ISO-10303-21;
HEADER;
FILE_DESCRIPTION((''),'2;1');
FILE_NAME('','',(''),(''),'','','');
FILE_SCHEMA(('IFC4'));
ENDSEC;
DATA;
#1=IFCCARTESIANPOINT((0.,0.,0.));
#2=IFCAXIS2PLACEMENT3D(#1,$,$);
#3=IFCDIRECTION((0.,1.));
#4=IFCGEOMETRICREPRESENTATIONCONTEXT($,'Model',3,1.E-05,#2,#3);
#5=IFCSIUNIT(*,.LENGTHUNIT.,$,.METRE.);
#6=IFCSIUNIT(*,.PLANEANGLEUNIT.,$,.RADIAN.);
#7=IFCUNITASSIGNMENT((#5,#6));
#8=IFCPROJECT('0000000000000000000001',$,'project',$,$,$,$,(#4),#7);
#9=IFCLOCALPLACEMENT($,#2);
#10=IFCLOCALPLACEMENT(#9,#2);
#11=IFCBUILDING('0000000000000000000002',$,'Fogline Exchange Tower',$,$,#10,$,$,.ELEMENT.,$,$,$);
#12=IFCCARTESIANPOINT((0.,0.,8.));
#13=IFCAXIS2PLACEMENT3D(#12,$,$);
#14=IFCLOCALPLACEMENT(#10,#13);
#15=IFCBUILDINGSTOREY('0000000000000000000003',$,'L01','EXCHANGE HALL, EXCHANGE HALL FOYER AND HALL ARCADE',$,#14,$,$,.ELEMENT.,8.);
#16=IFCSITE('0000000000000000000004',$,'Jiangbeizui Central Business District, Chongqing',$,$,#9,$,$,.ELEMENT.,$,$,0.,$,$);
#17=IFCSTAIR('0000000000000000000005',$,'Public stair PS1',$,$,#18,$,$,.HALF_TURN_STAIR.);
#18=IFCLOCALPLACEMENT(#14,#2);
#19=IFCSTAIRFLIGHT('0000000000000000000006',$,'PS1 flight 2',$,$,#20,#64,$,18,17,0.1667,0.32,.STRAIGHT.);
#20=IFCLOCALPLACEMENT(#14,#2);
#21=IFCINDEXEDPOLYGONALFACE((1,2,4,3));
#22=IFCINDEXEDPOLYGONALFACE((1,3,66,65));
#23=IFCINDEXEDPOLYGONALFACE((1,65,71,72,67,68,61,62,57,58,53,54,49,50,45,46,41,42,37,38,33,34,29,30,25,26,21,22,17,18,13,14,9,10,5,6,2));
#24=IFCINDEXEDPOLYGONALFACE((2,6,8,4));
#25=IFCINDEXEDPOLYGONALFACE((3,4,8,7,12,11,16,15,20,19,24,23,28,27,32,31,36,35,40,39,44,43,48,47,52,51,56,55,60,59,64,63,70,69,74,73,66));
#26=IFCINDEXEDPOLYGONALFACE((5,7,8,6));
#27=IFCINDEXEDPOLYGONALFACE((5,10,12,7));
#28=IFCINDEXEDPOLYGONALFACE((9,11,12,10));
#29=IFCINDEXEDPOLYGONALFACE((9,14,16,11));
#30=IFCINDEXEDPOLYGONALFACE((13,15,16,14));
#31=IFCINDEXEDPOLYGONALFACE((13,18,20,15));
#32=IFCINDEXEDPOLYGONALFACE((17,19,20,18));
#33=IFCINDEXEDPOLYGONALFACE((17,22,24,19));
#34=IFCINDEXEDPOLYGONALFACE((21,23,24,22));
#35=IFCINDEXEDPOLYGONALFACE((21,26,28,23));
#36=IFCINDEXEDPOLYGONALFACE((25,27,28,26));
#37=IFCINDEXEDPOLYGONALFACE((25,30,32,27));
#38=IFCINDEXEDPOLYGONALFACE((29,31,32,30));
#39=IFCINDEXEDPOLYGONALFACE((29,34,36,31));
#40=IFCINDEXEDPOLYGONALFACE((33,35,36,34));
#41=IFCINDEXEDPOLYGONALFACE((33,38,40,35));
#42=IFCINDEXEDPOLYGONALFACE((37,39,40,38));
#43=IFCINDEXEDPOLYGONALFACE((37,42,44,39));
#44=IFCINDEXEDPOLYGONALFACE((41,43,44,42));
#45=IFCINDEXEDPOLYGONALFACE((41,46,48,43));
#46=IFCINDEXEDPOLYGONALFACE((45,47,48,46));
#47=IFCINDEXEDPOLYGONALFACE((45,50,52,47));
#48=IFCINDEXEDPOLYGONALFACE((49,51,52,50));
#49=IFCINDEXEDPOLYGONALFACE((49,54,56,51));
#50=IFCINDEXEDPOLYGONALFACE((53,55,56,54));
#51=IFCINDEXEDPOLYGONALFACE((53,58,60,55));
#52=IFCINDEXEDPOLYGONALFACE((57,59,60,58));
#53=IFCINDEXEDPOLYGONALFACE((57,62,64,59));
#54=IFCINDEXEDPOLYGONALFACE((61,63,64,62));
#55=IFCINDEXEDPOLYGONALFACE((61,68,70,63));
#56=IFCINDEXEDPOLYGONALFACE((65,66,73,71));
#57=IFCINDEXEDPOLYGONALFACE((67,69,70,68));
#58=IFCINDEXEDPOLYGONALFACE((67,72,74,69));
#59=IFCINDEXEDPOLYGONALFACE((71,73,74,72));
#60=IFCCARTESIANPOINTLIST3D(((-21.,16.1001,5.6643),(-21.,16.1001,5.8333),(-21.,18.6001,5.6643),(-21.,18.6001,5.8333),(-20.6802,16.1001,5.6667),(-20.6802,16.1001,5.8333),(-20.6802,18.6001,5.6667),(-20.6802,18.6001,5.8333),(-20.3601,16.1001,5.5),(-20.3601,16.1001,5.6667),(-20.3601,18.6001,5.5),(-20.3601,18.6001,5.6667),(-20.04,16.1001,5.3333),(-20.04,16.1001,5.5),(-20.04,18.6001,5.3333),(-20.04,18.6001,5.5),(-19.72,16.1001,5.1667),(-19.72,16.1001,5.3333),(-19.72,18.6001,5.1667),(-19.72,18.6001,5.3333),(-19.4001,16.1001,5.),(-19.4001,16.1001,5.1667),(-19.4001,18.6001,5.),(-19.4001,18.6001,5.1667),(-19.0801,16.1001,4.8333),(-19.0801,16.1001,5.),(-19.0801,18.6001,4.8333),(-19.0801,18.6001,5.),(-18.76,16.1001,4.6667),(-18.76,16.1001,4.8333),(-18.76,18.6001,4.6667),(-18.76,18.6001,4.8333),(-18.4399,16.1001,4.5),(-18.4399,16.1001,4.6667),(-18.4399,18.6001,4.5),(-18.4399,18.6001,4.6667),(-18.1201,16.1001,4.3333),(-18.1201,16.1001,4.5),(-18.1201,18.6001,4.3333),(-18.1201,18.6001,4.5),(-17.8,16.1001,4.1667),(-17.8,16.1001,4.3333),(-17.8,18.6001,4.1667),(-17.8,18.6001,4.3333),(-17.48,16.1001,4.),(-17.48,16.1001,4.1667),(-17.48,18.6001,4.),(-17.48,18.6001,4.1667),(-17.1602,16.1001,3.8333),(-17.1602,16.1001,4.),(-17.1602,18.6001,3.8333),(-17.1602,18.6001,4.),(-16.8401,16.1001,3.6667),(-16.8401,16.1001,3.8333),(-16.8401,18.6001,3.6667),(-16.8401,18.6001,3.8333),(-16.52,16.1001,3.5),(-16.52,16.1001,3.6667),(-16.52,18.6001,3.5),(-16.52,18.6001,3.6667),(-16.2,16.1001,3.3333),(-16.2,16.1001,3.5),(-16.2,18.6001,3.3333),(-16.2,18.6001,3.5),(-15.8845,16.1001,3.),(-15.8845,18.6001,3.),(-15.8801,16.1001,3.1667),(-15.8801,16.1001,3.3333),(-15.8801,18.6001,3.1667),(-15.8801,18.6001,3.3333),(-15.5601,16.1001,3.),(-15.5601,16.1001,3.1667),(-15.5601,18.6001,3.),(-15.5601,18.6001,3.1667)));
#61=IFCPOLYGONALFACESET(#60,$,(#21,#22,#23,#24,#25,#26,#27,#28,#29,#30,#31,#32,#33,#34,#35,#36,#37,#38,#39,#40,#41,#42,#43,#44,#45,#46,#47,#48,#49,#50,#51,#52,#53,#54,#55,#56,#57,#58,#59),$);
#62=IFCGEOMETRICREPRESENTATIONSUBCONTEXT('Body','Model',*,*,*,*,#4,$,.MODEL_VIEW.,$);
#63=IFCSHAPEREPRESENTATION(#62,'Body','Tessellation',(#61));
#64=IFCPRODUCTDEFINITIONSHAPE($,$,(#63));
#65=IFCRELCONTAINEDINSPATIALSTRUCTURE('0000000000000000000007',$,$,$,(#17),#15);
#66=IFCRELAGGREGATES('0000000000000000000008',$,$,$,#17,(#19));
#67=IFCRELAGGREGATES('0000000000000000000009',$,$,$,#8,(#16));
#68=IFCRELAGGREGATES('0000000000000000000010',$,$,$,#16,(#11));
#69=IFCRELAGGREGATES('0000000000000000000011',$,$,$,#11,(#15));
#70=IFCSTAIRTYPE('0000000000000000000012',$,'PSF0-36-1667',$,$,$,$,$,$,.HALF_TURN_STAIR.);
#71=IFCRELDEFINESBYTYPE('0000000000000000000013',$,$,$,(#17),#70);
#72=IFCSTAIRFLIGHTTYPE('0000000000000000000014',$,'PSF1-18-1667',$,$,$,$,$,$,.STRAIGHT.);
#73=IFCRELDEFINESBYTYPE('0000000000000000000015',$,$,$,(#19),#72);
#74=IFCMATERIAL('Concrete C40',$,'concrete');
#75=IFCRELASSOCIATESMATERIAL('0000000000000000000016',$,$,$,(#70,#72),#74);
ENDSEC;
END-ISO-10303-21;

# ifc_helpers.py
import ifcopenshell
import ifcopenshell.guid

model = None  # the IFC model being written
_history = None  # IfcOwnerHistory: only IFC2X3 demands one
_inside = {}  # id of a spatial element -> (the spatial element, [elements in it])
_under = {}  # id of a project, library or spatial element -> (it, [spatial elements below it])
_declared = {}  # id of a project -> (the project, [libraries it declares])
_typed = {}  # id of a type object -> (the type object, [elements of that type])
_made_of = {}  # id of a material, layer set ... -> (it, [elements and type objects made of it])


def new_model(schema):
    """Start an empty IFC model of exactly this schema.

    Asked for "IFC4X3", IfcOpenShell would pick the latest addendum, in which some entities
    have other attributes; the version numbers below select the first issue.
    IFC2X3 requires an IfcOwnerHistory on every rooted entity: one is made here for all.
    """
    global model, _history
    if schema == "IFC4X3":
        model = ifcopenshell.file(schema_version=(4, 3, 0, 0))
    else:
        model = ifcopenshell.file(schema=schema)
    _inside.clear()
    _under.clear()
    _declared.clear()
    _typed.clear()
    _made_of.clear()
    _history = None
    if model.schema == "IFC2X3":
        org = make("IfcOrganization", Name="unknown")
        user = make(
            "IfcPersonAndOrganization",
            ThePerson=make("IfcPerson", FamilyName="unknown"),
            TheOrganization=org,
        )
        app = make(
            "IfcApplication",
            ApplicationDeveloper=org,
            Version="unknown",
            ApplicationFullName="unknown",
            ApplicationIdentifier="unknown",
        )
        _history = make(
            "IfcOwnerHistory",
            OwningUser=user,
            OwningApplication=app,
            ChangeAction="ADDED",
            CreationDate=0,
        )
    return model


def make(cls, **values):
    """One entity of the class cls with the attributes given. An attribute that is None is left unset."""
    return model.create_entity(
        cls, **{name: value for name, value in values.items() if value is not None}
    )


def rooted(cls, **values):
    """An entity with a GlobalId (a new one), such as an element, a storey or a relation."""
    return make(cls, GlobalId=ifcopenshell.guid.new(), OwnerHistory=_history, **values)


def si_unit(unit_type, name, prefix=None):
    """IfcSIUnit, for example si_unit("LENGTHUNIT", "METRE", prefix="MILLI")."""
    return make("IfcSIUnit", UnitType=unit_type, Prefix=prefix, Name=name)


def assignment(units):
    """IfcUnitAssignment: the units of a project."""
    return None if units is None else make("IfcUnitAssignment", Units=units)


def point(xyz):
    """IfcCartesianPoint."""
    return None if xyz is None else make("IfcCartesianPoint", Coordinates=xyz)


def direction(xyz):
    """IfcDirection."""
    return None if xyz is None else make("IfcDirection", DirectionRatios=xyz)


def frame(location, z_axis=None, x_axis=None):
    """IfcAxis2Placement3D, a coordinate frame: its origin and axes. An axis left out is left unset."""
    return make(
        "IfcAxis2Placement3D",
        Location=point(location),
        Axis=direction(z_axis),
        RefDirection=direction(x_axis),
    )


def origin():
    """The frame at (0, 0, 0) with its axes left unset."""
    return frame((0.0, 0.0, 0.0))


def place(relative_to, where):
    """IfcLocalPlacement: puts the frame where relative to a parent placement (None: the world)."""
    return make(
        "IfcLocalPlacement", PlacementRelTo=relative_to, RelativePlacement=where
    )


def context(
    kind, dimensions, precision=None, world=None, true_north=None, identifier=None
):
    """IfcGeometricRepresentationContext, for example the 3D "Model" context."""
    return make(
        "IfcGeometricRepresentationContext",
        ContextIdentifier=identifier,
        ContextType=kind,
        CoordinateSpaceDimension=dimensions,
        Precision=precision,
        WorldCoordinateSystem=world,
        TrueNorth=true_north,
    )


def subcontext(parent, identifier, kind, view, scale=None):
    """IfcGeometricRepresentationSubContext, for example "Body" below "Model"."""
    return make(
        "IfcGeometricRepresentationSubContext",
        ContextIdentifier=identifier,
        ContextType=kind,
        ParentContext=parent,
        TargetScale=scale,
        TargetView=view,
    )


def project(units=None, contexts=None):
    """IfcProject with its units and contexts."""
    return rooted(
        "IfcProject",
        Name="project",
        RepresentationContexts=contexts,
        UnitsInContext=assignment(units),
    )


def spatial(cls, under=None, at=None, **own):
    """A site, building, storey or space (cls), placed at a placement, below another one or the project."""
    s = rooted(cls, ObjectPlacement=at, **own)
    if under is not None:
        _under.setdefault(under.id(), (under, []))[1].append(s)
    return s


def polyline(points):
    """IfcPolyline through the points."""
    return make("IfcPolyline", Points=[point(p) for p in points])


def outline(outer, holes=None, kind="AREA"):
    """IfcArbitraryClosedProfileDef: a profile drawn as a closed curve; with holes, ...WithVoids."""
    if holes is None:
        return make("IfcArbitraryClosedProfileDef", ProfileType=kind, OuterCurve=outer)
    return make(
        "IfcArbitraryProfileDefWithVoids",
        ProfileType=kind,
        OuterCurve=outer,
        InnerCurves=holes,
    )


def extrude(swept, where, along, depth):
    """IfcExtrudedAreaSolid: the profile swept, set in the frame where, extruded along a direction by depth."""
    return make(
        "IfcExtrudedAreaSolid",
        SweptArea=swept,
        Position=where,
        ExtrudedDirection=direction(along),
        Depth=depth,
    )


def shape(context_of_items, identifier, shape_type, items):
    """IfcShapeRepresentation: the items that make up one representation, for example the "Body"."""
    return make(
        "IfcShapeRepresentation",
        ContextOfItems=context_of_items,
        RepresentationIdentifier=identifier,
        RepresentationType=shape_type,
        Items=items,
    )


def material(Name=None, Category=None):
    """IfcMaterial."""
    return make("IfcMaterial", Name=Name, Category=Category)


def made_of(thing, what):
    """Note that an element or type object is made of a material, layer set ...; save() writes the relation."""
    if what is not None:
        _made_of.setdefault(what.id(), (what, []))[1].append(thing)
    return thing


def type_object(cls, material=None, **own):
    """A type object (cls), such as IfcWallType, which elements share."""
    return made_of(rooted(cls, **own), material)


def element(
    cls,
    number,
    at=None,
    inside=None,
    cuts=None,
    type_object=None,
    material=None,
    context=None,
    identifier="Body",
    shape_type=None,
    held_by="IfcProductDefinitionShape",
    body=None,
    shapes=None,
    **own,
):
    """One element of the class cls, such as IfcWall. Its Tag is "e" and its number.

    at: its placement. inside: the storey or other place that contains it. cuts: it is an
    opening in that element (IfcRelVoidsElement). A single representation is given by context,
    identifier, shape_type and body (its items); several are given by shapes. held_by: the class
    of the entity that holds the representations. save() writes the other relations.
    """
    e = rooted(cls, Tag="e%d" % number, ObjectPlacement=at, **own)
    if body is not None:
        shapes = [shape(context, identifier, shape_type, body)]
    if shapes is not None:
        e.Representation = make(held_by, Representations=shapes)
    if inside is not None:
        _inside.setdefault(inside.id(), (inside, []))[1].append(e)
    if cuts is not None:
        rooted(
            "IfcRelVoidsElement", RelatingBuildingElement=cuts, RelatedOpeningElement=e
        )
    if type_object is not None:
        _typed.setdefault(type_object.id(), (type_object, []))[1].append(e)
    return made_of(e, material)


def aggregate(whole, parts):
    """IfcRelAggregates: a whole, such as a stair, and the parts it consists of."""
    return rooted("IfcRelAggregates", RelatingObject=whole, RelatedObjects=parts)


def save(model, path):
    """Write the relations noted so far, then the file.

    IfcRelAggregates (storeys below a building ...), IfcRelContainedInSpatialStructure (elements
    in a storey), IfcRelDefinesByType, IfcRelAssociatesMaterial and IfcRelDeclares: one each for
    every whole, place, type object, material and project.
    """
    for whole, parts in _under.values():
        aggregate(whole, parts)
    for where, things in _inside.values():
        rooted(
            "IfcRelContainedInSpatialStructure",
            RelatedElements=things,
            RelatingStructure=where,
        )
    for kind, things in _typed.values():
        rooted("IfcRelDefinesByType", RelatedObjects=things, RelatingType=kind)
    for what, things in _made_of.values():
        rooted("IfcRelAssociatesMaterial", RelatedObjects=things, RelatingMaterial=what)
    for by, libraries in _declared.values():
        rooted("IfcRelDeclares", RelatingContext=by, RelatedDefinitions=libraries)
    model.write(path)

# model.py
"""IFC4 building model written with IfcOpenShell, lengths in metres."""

from ifc_helpers import new_model, si_unit, direction, frame, origin, place, context, subcontext, project, spatial, polyline, outline, extrude, material, type_object, element, aggregate, save


model = new_model("IFC4")

# Units and contexts
model_context = context("Model", 3, precision=1e-05, world=origin(), true_north=direction((0.0, 1.0)))
body_context = subcontext(model_context, "Body", "Model", "MODEL_VIEW")
ifc_project = project(units=[si_unit("LENGTHUNIT", "METRE"), si_unit("PLANEANGLEUNIT", "RADIAN")], contexts=[model_context])

# Site, building, storey
site_placement = place(None, origin())
site = spatial("IfcSite", under=ifc_project, at=site_placement, Name="Jiangbeizui Central Business District, Chongqing", CompositionType="ELEMENT", RefElevation=0.0)
building_placement = place(site_placement, origin())
building = spatial("IfcBuilding", under=site, at=building_placement, Name="Fogline Exchange Tower", CompositionType="ELEMENT")
storey_placement = place(building_placement, frame((0.0, 0.0, 8.0)))
storey = spatial("IfcBuildingStorey", under=building, at=storey_placement, Name="L01", Description="EXCHANGE HALL, EXCHANGE HALL FOYER AND HALL ARCADE", CompositionType="ELEMENT", Elevation=8.0)

# Shared definitions
ifc_material_1 = material(Name="Concrete C40", Category="concrete")

# Stair, stair flight
stair_type = type_object("IfcStairType", Name="PSF0-36-1667", PredefinedType="HALF_TURN_STAIR", material=ifc_material_1)
stair_placement = place(storey_placement, origin())
stair = element("IfcStair", 1, at=stair_placement, inside=storey, type_object=stair_type, Name="Public stair PS1", PredefinedType="HALF_TURN_STAIR")
stair_flight_type = type_object("IfcStairFlightType", Name="PSF1-18-1667", PredefinedType="STRAIGHT", material=ifc_material_1)
stair_flight_placement = place(storey_placement, frame((-15.5601, 17.3501, 3.0), z_axis=(0.0, 0.0, 1.0), x_axis=(-1.0, 0.0, 0.0)))
stair_flight = element("IfcStairFlight", 2, at=stair_flight_placement, type_object=stair_flight_type, Name="PS1 flight 2", NumberOfRisers=18, NumberOfTreads=17, PredefinedType="STRAIGHT", RiserHeight=0.1667, TreadLength=0.32, context=body_context, shape_type="SweptSolid", body=[
    extrude(outline(polyline([(0.0, 0.0), (0.0, 0.1667), (0.3201, 0.1667), (0.3201, 0.3333), (0.6399, 0.3333), (0.6399, 0.5), (0.96, 0.5), (0.96, 0.6667), (1.28, 0.6667), (1.28, 0.8333), (1.6001, 0.8333), (1.6001, 1.0), (1.9199, 1.0), (1.9199, 1.1667), (2.24, 1.1667), (2.24, 1.3333), (2.5601, 1.3333), (2.5601, 1.5), (2.8799, 1.5), (2.8799, 1.6667), (3.2, 1.6667), (3.2, 1.8333), (3.52, 1.8333), (3.52, 2.0), (3.8401, 2.0), (3.8401, 2.1667), (4.1599, 2.1667), (4.1599, 2.3333), (4.48, 2.3333), (4.48, 2.5), (4.8, 2.5), (4.8, 2.6667), (5.1201, 2.6667), (5.1201, 2.8333), (5.4399, 2.8333), (5.4399, 3.0), (5.4399, 2.6643), (0.3245, 0.0), (0.0, 0.0)])), frame((0.0, 1.25, 0.0), z_axis=(0.0, -1.0, 0.0), x_axis=(1.0, 0.0, 0.0)), (0.0, 0.0, 1.0), 2.5),
])
aggregate(stair, [stair_flight])

save(model, "model.ifc")
